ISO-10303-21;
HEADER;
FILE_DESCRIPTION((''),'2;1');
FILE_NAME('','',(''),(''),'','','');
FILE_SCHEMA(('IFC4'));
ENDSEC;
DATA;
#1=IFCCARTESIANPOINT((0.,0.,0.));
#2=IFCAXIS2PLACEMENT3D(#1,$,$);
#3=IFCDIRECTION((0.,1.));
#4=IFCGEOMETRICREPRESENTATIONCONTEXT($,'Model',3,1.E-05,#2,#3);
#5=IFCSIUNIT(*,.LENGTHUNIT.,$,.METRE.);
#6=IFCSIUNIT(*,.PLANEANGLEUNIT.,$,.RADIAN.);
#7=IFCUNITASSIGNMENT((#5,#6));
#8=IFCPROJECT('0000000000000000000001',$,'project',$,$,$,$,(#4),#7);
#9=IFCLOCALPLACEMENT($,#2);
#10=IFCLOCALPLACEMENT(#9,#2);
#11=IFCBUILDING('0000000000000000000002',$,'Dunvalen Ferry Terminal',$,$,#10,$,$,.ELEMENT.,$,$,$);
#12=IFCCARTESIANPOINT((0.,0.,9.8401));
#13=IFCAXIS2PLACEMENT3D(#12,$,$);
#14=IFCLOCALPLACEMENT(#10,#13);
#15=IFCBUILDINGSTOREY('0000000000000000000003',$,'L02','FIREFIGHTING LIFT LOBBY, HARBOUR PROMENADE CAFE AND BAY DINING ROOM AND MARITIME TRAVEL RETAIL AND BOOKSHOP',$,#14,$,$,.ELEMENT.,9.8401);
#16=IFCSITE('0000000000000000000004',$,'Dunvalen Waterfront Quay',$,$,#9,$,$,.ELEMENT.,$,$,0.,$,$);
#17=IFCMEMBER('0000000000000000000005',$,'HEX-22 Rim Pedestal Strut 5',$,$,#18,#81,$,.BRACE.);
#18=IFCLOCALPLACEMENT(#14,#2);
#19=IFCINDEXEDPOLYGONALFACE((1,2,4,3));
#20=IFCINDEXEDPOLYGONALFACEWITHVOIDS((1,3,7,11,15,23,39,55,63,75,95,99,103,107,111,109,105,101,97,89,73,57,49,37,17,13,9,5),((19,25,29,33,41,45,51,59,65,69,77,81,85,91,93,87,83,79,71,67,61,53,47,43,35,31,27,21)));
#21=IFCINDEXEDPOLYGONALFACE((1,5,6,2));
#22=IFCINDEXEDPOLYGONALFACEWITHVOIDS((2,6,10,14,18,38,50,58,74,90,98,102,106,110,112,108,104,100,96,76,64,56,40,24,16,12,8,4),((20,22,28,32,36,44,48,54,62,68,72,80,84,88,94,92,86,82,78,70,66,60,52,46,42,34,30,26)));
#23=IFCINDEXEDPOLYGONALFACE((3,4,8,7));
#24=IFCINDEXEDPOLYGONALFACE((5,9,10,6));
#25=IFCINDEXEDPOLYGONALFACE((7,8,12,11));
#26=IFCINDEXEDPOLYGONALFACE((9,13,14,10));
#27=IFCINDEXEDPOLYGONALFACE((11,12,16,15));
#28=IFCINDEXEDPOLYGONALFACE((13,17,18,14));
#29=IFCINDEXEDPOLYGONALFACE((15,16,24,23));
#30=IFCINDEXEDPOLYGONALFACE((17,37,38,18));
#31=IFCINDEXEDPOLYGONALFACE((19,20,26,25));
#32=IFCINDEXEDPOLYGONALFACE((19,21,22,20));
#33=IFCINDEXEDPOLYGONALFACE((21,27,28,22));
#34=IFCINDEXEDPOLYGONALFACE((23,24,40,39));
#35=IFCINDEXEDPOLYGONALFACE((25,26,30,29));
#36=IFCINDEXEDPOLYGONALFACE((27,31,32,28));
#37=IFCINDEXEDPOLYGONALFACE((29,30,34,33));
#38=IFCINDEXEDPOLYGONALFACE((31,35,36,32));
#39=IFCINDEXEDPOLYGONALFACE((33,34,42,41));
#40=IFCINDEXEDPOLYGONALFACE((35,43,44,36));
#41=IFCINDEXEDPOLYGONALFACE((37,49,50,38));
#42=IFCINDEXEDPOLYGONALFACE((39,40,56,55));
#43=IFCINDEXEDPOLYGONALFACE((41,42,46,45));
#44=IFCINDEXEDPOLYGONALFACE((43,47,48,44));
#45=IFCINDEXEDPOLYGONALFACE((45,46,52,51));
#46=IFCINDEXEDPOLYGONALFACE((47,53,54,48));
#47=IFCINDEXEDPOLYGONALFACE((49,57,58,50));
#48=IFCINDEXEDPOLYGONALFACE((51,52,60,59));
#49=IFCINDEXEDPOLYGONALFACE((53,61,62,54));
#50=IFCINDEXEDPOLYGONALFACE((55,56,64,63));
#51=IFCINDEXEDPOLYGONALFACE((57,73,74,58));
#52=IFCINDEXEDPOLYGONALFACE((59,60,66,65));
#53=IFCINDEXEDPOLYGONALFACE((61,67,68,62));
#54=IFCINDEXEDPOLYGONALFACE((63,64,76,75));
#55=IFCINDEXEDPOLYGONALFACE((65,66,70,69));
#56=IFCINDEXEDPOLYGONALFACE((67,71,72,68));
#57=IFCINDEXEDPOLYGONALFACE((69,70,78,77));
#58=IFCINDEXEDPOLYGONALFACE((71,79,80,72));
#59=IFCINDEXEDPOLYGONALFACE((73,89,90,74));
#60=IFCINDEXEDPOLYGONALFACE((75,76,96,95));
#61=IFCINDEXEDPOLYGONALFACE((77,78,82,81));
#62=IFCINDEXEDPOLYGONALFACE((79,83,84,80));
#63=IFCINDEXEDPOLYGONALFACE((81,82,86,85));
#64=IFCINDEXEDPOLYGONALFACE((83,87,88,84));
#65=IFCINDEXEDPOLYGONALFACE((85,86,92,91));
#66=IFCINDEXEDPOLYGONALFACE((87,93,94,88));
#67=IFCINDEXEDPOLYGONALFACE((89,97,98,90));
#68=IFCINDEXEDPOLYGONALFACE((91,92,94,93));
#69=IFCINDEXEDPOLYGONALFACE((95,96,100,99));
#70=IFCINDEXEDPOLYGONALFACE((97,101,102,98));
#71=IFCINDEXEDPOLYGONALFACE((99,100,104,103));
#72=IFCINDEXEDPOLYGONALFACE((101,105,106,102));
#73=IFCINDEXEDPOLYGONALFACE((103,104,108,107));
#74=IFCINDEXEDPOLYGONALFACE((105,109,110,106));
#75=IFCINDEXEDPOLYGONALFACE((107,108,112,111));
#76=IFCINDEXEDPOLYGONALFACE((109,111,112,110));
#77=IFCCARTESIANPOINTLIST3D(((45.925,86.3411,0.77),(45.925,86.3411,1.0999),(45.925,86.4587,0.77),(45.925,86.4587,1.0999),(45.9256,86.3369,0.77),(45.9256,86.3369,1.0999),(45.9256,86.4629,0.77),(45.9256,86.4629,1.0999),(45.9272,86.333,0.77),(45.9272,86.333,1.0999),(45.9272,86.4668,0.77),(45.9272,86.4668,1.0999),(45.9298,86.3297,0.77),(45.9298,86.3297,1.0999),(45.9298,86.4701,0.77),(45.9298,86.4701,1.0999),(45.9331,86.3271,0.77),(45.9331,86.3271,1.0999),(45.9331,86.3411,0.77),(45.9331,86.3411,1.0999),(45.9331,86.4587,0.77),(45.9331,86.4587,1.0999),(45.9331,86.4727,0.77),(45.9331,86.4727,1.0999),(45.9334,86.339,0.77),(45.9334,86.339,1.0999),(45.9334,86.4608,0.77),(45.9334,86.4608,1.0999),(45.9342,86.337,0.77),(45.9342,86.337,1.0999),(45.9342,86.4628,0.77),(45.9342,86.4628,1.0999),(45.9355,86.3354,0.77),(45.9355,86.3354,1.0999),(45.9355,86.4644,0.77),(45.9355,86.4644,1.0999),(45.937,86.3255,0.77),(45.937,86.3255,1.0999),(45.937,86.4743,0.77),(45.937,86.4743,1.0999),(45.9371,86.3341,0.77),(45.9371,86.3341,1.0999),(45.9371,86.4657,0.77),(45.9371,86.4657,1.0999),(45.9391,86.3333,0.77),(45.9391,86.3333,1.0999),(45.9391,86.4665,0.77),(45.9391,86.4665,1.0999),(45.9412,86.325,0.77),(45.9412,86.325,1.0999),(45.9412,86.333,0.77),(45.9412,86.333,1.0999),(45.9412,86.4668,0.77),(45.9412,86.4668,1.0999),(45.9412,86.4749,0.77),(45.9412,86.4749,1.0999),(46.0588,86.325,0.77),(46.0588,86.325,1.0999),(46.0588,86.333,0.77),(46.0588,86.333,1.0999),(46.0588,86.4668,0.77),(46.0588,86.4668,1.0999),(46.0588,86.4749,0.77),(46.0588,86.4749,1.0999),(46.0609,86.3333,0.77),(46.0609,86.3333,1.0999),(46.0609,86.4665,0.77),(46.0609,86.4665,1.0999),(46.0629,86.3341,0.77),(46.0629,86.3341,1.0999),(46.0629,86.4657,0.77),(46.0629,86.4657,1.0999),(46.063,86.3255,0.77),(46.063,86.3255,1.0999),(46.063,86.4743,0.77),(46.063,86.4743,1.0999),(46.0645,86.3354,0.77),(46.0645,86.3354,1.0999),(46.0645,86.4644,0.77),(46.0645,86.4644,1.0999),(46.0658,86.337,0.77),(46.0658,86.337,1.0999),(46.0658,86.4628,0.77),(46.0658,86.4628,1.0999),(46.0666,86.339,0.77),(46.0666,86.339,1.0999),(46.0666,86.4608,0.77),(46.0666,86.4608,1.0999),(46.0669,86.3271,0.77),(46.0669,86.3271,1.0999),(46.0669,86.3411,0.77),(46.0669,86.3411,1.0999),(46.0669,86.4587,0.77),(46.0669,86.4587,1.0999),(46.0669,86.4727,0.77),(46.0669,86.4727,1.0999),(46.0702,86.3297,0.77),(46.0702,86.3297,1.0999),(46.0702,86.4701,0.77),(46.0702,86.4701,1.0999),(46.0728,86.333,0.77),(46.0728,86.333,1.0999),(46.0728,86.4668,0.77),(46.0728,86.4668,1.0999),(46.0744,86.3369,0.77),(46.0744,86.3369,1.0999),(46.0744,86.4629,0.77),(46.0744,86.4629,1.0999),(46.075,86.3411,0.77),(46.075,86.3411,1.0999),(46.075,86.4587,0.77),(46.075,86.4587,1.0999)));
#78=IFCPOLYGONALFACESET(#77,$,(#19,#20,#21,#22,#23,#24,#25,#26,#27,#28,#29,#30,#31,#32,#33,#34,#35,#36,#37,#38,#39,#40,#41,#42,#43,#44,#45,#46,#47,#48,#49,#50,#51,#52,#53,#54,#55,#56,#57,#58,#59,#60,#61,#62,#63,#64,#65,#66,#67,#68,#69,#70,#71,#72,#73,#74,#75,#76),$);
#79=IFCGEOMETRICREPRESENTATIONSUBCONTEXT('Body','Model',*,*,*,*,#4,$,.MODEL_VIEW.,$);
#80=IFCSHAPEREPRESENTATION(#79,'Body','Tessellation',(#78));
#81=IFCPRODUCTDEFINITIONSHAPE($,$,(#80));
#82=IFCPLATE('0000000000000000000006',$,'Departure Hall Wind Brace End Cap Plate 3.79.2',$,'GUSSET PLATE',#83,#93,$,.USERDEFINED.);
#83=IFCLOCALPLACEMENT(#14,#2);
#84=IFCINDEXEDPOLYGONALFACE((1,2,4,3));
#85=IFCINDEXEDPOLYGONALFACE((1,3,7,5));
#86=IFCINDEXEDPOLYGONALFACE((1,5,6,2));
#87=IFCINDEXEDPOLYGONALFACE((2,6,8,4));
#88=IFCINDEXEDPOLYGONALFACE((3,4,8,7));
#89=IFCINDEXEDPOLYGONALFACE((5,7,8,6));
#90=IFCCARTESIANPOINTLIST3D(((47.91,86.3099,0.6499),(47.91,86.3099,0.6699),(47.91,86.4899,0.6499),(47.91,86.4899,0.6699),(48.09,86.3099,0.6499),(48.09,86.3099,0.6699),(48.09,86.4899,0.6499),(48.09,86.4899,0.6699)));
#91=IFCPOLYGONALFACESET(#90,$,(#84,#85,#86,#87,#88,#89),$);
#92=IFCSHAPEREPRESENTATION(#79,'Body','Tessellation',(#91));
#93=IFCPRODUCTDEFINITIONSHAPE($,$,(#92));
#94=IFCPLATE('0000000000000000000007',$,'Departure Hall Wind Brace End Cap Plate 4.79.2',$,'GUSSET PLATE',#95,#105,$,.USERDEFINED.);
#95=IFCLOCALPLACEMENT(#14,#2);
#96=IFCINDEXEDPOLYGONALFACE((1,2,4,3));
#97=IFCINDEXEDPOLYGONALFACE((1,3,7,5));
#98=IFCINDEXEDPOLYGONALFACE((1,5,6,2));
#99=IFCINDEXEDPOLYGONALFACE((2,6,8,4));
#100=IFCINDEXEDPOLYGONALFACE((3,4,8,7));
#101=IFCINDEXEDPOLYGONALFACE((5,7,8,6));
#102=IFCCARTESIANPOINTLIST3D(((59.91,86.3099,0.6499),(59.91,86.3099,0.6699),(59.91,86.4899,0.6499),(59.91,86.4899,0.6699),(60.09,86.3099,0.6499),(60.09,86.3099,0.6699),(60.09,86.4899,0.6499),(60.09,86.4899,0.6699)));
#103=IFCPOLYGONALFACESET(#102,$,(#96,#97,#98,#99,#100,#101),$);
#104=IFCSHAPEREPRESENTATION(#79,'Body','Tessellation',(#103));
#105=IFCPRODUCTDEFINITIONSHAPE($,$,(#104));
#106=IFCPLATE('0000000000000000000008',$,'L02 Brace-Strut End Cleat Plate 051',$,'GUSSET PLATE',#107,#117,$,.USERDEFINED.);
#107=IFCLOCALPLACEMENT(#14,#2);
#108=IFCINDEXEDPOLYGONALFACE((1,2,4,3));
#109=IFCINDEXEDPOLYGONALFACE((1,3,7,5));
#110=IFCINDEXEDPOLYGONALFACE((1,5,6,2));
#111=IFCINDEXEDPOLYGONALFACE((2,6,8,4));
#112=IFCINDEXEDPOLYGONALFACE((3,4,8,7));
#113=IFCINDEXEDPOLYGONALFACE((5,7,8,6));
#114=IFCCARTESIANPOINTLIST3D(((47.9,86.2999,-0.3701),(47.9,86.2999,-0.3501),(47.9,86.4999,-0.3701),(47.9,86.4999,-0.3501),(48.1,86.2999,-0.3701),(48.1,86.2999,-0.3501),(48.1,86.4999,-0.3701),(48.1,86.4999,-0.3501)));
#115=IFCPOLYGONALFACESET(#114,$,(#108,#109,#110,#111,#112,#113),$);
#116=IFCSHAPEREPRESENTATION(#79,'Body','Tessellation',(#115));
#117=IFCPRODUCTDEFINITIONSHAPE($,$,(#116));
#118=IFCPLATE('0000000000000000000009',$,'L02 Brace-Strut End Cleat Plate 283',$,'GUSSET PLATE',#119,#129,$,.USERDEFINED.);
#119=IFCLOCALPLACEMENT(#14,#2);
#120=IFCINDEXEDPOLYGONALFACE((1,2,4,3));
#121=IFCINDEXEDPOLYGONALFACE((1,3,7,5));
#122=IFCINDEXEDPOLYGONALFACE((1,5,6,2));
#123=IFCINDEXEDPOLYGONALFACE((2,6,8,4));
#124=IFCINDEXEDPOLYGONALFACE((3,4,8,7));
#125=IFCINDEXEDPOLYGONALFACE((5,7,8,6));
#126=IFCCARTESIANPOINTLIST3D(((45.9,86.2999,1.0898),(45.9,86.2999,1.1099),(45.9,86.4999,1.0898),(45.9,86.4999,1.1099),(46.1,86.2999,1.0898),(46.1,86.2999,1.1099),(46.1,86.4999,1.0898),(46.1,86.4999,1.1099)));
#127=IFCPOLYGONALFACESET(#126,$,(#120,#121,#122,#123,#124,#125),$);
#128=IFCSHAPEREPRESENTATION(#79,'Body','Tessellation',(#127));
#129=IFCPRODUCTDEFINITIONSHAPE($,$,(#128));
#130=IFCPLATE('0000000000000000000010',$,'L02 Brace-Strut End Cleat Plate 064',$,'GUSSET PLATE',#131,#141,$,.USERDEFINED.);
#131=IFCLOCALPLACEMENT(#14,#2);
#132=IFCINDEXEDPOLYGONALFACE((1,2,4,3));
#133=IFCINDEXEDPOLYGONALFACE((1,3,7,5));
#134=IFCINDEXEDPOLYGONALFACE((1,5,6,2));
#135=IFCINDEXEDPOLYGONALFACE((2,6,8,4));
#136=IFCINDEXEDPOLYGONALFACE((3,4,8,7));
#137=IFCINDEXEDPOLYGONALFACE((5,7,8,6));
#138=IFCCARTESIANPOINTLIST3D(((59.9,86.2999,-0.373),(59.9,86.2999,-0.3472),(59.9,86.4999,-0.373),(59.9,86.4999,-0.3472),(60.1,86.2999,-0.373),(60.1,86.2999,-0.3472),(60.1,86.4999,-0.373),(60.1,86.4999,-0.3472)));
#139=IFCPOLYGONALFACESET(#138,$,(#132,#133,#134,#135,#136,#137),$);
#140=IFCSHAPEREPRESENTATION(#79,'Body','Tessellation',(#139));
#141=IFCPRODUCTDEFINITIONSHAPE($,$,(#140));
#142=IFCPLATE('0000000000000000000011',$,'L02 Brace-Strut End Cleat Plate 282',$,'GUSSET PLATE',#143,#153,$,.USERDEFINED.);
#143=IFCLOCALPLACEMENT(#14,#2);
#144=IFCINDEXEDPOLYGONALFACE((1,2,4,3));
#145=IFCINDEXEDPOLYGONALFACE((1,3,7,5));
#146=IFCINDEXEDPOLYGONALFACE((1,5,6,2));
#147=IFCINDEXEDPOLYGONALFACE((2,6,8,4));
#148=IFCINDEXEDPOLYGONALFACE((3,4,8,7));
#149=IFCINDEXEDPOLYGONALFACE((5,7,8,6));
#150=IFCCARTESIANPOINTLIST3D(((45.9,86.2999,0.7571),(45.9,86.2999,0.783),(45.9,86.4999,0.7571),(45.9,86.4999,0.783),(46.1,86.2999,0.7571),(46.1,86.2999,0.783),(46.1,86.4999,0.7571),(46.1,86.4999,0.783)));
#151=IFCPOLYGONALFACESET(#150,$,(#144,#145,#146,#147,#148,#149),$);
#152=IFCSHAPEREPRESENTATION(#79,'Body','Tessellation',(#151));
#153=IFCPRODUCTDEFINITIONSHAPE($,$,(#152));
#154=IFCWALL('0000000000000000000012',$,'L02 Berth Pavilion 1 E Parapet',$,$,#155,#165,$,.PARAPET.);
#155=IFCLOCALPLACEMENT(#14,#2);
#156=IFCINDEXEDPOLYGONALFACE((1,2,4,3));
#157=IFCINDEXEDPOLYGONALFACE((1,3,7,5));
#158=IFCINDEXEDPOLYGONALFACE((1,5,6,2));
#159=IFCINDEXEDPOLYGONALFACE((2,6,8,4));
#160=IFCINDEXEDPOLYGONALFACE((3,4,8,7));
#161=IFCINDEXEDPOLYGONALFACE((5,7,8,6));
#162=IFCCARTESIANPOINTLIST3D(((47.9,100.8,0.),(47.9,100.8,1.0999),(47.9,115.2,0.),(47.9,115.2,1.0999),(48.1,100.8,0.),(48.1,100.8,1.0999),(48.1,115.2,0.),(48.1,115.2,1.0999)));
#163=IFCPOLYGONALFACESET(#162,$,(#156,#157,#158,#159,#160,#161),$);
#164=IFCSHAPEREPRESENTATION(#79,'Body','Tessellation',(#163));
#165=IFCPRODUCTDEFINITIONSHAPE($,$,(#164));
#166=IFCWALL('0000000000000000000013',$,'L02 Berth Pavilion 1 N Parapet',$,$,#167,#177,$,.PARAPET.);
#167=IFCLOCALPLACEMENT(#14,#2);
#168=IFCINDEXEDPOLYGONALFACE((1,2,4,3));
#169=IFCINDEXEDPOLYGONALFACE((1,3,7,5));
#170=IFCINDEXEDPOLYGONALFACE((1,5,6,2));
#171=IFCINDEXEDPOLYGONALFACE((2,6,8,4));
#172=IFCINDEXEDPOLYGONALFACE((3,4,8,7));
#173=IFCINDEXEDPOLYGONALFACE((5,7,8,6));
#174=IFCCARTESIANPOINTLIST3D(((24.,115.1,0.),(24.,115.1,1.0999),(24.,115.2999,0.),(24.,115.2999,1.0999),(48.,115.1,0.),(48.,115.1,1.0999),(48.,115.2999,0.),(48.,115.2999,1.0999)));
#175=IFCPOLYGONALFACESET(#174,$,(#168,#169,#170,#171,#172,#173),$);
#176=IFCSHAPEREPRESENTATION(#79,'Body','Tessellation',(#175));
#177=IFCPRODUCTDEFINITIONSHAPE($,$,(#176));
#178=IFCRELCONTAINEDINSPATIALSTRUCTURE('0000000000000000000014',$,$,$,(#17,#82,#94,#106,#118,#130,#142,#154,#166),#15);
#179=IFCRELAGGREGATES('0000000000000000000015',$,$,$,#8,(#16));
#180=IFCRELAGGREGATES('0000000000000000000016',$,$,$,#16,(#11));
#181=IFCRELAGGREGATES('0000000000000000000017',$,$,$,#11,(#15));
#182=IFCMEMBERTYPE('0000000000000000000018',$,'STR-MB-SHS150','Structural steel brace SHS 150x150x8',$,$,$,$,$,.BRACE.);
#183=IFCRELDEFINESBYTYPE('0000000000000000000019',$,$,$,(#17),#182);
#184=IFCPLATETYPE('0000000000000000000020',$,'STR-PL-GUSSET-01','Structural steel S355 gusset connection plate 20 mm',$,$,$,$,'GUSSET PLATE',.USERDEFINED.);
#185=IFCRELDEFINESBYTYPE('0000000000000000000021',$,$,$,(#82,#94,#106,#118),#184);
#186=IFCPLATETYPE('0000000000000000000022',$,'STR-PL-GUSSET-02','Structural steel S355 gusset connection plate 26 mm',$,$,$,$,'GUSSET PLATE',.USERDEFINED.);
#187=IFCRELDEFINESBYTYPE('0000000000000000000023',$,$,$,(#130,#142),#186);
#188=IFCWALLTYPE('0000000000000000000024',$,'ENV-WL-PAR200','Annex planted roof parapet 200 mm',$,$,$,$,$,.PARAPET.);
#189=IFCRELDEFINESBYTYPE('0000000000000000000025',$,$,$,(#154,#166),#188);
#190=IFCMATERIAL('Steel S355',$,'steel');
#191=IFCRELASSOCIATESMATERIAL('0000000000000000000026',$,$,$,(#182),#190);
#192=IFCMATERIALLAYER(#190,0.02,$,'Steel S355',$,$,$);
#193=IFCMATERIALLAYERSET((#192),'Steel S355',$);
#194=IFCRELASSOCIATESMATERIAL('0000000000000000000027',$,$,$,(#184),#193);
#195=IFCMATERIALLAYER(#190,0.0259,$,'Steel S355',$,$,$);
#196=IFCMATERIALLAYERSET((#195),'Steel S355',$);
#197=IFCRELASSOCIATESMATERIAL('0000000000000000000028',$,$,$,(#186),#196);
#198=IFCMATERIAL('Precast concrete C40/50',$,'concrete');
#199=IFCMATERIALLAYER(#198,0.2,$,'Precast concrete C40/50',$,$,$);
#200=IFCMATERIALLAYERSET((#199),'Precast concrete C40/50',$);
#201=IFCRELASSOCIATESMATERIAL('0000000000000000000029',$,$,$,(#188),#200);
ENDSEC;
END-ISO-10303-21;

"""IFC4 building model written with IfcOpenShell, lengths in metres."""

from ifc_helpers import new_model, si_unit, direction, frame, frame_2d, origin, origin_2d, place, context, subcontext, project, spatial, rectangle, hollow_rectangle, extrude, material, layer, layer_set, material_profile, profile_set, type_object, element, save


model = new_model("IFC4")

# Units and contexts
model_context = context("Model", 3, precision=1e-05, world=origin(), true_north=direction((0.0, 1.0)))
body_context = subcontext(model_context, "Body", "Model", "MODEL_VIEW")
ifc_project = project(units=[si_unit("LENGTHUNIT", "METRE"), si_unit("PLANEANGLEUNIT", "RADIAN")], contexts=[model_context])

# Site, building, storey
site_placement = place(None, origin())
site = spatial("IfcSite", under=ifc_project, at=site_placement, Name="Dunvalen Waterfront Quay", CompositionType="ELEMENT", RefElevation=0.0)
building_placement = place(site_placement, origin())
building = spatial("IfcBuilding", under=site, at=building_placement, Name="Dunvalen Ferry Terminal", CompositionType="ELEMENT")
storey_placement = place(building_placement, frame((0.0, 0.0, 9.8401)))
storey = spatial("IfcBuildingStorey", under=building, at=storey_placement, Name="L02", Description="FIREFIGHTING LIFT LOBBY, HARBOUR PROMENADE CAFE AND BAY DINING ROOM AND MARITIME TRAVEL RETAIL AND BOOKSHOP", CompositionType="ELEMENT", Elevation=9.8401)

# Shared definitions
ifc_material_1 = material(Name="Steel S355", Category="steel")

# Member
ifc_material_profile_1 = material_profile(ifc_material_1, hollow_rectangle(XDim=0.1499, YDim=0.1499, WallThickness=0.0081, InnerFilletRadius=0.0081, OuterFilletRadius=0.0161, at=origin_2d()), Name="Steel S355")
ifc_profile_set_1 = profile_set([ifc_material_profile_1], Name="Steel S355")
member_type_1 = type_object("IfcMemberType", Name="STR-MB-SHS150", Description="Structural steel brace SHS 150x150x8", PredefinedType="BRACE", material=ifc_profile_set_1)
member_1_placement = place(storey_placement, frame((46.0, 86.3999, 0.77), z_axis=(0.0, 0.0, 1.0), x_axis=(1.0, 0.0, 0.0)))
element("IfcMember", 1, at=member_1_placement, inside=storey, type_object=member_type_1, Name="HEX-22 Rim Pedestal Strut 5", PredefinedType="BRACE", context=body_context, shape_type="SweptSolid", body=[
    extrude(hollow_rectangle(XDim=0.1499, YDim=0.1499, WallThickness=0.0081, InnerFilletRadius=0.0081, OuterFilletRadius=0.0161, at=origin_2d()), origin(), (0.0, 0.0, 1.0), 0.3298),
])

# Plates
ifc_layer_1 = layer(ifc_material_1, 0.02, Name="Steel S355")
ifc_layer_set_1 = layer_set([ifc_layer_1], Name="Steel S355")
plate_type_1 = type_object("IfcPlateType", Name="STR-PL-GUSSET-01", Description="Structural steel S355 gusset connection plate 20 mm", ElementType="GUSSET PLATE", PredefinedType="USERDEFINED", material=ifc_layer_set_1)
for number, where, z_axis, x_axis, name in (
    (2, (48.0, 86.3999, 0.6499), (0.0, 0.0, 1.0), (1.0, 0.0, 0.0), "Departure Hall Wind Brace End Cap Plate 3.79.2"),
    (3, (60.0, 86.3999, 0.6499), (0.0, 0.0, 1.0), (1.0, 0.0, 0.0), "Departure Hall Wind Brace End Cap Plate 4.79.2"),
):
    element("IfcPlate", number, at=place(storey_placement, frame(where, z_axis=z_axis, x_axis=x_axis)), inside=storey, type_object=plate_type_1, Name=name, ObjectType="GUSSET PLATE", PredefinedType="USERDEFINED", context=body_context, shape_type="SweptSolid", body=[
        extrude(rectangle(XDim=0.1799, YDim=0.1799, at=origin_2d()), origin(), (0.0, 0.0, 1.0), 0.02),
    ])
for number, where, z_axis, x_axis, name in (
    (4, (48.0, 86.3999, -0.3701), (0.0, 0.0, 1.0), (1.0, 0.0, 0.0), "L02 Brace-Strut End Cleat Plate 051"),
    (5, (46.0, 86.3999, 1.0898), (0.0, 0.0, 1.0), (1.0, 0.0, 0.0), "L02 Brace-Strut End Cleat Plate 283"),
):
    element("IfcPlate", number, at=place(storey_placement, frame(where, z_axis=z_axis, x_axis=x_axis)), inside=storey, type_object=plate_type_1, Name=name, ObjectType="GUSSET PLATE", PredefinedType="USERDEFINED", context=body_context, shape_type="SweptSolid", body=[
        extrude(rectangle(XDim=0.2, YDim=0.2, at=origin_2d()), origin(), (0.0, 0.0, 1.0), 0.02),
    ])
ifc_layer_2 = layer(ifc_material_1, 0.0259, Name="Steel S355")
ifc_layer_set_2 = layer_set([ifc_layer_2], Name="Steel S355")
plate_type_2 = type_object("IfcPlateType", Name="STR-PL-GUSSET-02", Description="Structural steel S355 gusset connection plate 26 mm", ElementType="GUSSET PLATE", PredefinedType="USERDEFINED", material=ifc_layer_set_2)
for number, where, z_axis, x_axis, name in (
    (6, (60.0, 86.3999, -0.373), (0.0, 0.0, 1.0), (1.0, 0.0, 0.0), "L02 Brace-Strut End Cleat Plate 064"),
    (7, (46.0, 86.3999, 0.7571), (0.0, 0.0, 1.0), (1.0, 0.0, 0.0), "L02 Brace-Strut End Cleat Plate 282"),
):
    element("IfcPlate", number, at=place(storey_placement, frame(where, z_axis=z_axis, x_axis=x_axis)), inside=storey, type_object=plate_type_2, Name=name, ObjectType="GUSSET PLATE", PredefinedType="USERDEFINED", context=body_context, shape_type="SweptSolid", body=[
        extrude(rectangle(XDim=0.2, YDim=0.2, at=origin_2d()), origin(), (0.0, 0.0, 1.0), 0.0259),
    ])

# Walls
ifc_material_2 = material(Name="Precast concrete C40/50", Category="concrete")
ifc_layer_3 = layer(ifc_material_2, 0.2, Name="Precast concrete C40/50")
ifc_layer_set_3 = layer_set([ifc_layer_3], Name="Precast concrete C40/50")
wall_type = type_object("IfcWallType", Name="ENV-WL-PAR200", Description="Annex planted roof parapet 200 mm", PredefinedType="PARAPET", material=ifc_layer_set_3)
wall_1_placement = place(storey_placement, frame((48.0, 100.8, 0.0), z_axis=(0.0, 0.0, 1.0), x_axis=(0.0, 1.0, 0.0)))
element("IfcWall", 8, at=wall_1_placement, inside=storey, type_object=wall_type, Name="L02 Berth Pavilion 1 E Parapet", PredefinedType="PARAPET", context=body_context, shape_type="SweptSolid", body=[
    extrude(rectangle(XDim=14.3999, YDim=0.2, at=frame_2d((7.2, 0.0))), origin(), (0.0, 0.0, 1.0), 1.0999),
])
wall_2_placement = place(storey_placement, frame((48.0, 115.2, 0.0), z_axis=(0.0, 0.0, 1.0), x_axis=(-1.0, 0.0, 0.0)))
element("IfcWall", 9, at=wall_2_placement, inside=storey, type_object=wall_type, Name="L02 Berth Pavilion 1 N Parapet", PredefinedType="PARAPET", context=body_context, shape_type="SweptSolid", body=[
    extrude(rectangle(XDim=24.0, YDim=0.2, at=frame_2d((12.0, 0.0))), origin(), (0.0, 0.0, 1.0), 1.0999),
])

save(model, "model.ifc")
